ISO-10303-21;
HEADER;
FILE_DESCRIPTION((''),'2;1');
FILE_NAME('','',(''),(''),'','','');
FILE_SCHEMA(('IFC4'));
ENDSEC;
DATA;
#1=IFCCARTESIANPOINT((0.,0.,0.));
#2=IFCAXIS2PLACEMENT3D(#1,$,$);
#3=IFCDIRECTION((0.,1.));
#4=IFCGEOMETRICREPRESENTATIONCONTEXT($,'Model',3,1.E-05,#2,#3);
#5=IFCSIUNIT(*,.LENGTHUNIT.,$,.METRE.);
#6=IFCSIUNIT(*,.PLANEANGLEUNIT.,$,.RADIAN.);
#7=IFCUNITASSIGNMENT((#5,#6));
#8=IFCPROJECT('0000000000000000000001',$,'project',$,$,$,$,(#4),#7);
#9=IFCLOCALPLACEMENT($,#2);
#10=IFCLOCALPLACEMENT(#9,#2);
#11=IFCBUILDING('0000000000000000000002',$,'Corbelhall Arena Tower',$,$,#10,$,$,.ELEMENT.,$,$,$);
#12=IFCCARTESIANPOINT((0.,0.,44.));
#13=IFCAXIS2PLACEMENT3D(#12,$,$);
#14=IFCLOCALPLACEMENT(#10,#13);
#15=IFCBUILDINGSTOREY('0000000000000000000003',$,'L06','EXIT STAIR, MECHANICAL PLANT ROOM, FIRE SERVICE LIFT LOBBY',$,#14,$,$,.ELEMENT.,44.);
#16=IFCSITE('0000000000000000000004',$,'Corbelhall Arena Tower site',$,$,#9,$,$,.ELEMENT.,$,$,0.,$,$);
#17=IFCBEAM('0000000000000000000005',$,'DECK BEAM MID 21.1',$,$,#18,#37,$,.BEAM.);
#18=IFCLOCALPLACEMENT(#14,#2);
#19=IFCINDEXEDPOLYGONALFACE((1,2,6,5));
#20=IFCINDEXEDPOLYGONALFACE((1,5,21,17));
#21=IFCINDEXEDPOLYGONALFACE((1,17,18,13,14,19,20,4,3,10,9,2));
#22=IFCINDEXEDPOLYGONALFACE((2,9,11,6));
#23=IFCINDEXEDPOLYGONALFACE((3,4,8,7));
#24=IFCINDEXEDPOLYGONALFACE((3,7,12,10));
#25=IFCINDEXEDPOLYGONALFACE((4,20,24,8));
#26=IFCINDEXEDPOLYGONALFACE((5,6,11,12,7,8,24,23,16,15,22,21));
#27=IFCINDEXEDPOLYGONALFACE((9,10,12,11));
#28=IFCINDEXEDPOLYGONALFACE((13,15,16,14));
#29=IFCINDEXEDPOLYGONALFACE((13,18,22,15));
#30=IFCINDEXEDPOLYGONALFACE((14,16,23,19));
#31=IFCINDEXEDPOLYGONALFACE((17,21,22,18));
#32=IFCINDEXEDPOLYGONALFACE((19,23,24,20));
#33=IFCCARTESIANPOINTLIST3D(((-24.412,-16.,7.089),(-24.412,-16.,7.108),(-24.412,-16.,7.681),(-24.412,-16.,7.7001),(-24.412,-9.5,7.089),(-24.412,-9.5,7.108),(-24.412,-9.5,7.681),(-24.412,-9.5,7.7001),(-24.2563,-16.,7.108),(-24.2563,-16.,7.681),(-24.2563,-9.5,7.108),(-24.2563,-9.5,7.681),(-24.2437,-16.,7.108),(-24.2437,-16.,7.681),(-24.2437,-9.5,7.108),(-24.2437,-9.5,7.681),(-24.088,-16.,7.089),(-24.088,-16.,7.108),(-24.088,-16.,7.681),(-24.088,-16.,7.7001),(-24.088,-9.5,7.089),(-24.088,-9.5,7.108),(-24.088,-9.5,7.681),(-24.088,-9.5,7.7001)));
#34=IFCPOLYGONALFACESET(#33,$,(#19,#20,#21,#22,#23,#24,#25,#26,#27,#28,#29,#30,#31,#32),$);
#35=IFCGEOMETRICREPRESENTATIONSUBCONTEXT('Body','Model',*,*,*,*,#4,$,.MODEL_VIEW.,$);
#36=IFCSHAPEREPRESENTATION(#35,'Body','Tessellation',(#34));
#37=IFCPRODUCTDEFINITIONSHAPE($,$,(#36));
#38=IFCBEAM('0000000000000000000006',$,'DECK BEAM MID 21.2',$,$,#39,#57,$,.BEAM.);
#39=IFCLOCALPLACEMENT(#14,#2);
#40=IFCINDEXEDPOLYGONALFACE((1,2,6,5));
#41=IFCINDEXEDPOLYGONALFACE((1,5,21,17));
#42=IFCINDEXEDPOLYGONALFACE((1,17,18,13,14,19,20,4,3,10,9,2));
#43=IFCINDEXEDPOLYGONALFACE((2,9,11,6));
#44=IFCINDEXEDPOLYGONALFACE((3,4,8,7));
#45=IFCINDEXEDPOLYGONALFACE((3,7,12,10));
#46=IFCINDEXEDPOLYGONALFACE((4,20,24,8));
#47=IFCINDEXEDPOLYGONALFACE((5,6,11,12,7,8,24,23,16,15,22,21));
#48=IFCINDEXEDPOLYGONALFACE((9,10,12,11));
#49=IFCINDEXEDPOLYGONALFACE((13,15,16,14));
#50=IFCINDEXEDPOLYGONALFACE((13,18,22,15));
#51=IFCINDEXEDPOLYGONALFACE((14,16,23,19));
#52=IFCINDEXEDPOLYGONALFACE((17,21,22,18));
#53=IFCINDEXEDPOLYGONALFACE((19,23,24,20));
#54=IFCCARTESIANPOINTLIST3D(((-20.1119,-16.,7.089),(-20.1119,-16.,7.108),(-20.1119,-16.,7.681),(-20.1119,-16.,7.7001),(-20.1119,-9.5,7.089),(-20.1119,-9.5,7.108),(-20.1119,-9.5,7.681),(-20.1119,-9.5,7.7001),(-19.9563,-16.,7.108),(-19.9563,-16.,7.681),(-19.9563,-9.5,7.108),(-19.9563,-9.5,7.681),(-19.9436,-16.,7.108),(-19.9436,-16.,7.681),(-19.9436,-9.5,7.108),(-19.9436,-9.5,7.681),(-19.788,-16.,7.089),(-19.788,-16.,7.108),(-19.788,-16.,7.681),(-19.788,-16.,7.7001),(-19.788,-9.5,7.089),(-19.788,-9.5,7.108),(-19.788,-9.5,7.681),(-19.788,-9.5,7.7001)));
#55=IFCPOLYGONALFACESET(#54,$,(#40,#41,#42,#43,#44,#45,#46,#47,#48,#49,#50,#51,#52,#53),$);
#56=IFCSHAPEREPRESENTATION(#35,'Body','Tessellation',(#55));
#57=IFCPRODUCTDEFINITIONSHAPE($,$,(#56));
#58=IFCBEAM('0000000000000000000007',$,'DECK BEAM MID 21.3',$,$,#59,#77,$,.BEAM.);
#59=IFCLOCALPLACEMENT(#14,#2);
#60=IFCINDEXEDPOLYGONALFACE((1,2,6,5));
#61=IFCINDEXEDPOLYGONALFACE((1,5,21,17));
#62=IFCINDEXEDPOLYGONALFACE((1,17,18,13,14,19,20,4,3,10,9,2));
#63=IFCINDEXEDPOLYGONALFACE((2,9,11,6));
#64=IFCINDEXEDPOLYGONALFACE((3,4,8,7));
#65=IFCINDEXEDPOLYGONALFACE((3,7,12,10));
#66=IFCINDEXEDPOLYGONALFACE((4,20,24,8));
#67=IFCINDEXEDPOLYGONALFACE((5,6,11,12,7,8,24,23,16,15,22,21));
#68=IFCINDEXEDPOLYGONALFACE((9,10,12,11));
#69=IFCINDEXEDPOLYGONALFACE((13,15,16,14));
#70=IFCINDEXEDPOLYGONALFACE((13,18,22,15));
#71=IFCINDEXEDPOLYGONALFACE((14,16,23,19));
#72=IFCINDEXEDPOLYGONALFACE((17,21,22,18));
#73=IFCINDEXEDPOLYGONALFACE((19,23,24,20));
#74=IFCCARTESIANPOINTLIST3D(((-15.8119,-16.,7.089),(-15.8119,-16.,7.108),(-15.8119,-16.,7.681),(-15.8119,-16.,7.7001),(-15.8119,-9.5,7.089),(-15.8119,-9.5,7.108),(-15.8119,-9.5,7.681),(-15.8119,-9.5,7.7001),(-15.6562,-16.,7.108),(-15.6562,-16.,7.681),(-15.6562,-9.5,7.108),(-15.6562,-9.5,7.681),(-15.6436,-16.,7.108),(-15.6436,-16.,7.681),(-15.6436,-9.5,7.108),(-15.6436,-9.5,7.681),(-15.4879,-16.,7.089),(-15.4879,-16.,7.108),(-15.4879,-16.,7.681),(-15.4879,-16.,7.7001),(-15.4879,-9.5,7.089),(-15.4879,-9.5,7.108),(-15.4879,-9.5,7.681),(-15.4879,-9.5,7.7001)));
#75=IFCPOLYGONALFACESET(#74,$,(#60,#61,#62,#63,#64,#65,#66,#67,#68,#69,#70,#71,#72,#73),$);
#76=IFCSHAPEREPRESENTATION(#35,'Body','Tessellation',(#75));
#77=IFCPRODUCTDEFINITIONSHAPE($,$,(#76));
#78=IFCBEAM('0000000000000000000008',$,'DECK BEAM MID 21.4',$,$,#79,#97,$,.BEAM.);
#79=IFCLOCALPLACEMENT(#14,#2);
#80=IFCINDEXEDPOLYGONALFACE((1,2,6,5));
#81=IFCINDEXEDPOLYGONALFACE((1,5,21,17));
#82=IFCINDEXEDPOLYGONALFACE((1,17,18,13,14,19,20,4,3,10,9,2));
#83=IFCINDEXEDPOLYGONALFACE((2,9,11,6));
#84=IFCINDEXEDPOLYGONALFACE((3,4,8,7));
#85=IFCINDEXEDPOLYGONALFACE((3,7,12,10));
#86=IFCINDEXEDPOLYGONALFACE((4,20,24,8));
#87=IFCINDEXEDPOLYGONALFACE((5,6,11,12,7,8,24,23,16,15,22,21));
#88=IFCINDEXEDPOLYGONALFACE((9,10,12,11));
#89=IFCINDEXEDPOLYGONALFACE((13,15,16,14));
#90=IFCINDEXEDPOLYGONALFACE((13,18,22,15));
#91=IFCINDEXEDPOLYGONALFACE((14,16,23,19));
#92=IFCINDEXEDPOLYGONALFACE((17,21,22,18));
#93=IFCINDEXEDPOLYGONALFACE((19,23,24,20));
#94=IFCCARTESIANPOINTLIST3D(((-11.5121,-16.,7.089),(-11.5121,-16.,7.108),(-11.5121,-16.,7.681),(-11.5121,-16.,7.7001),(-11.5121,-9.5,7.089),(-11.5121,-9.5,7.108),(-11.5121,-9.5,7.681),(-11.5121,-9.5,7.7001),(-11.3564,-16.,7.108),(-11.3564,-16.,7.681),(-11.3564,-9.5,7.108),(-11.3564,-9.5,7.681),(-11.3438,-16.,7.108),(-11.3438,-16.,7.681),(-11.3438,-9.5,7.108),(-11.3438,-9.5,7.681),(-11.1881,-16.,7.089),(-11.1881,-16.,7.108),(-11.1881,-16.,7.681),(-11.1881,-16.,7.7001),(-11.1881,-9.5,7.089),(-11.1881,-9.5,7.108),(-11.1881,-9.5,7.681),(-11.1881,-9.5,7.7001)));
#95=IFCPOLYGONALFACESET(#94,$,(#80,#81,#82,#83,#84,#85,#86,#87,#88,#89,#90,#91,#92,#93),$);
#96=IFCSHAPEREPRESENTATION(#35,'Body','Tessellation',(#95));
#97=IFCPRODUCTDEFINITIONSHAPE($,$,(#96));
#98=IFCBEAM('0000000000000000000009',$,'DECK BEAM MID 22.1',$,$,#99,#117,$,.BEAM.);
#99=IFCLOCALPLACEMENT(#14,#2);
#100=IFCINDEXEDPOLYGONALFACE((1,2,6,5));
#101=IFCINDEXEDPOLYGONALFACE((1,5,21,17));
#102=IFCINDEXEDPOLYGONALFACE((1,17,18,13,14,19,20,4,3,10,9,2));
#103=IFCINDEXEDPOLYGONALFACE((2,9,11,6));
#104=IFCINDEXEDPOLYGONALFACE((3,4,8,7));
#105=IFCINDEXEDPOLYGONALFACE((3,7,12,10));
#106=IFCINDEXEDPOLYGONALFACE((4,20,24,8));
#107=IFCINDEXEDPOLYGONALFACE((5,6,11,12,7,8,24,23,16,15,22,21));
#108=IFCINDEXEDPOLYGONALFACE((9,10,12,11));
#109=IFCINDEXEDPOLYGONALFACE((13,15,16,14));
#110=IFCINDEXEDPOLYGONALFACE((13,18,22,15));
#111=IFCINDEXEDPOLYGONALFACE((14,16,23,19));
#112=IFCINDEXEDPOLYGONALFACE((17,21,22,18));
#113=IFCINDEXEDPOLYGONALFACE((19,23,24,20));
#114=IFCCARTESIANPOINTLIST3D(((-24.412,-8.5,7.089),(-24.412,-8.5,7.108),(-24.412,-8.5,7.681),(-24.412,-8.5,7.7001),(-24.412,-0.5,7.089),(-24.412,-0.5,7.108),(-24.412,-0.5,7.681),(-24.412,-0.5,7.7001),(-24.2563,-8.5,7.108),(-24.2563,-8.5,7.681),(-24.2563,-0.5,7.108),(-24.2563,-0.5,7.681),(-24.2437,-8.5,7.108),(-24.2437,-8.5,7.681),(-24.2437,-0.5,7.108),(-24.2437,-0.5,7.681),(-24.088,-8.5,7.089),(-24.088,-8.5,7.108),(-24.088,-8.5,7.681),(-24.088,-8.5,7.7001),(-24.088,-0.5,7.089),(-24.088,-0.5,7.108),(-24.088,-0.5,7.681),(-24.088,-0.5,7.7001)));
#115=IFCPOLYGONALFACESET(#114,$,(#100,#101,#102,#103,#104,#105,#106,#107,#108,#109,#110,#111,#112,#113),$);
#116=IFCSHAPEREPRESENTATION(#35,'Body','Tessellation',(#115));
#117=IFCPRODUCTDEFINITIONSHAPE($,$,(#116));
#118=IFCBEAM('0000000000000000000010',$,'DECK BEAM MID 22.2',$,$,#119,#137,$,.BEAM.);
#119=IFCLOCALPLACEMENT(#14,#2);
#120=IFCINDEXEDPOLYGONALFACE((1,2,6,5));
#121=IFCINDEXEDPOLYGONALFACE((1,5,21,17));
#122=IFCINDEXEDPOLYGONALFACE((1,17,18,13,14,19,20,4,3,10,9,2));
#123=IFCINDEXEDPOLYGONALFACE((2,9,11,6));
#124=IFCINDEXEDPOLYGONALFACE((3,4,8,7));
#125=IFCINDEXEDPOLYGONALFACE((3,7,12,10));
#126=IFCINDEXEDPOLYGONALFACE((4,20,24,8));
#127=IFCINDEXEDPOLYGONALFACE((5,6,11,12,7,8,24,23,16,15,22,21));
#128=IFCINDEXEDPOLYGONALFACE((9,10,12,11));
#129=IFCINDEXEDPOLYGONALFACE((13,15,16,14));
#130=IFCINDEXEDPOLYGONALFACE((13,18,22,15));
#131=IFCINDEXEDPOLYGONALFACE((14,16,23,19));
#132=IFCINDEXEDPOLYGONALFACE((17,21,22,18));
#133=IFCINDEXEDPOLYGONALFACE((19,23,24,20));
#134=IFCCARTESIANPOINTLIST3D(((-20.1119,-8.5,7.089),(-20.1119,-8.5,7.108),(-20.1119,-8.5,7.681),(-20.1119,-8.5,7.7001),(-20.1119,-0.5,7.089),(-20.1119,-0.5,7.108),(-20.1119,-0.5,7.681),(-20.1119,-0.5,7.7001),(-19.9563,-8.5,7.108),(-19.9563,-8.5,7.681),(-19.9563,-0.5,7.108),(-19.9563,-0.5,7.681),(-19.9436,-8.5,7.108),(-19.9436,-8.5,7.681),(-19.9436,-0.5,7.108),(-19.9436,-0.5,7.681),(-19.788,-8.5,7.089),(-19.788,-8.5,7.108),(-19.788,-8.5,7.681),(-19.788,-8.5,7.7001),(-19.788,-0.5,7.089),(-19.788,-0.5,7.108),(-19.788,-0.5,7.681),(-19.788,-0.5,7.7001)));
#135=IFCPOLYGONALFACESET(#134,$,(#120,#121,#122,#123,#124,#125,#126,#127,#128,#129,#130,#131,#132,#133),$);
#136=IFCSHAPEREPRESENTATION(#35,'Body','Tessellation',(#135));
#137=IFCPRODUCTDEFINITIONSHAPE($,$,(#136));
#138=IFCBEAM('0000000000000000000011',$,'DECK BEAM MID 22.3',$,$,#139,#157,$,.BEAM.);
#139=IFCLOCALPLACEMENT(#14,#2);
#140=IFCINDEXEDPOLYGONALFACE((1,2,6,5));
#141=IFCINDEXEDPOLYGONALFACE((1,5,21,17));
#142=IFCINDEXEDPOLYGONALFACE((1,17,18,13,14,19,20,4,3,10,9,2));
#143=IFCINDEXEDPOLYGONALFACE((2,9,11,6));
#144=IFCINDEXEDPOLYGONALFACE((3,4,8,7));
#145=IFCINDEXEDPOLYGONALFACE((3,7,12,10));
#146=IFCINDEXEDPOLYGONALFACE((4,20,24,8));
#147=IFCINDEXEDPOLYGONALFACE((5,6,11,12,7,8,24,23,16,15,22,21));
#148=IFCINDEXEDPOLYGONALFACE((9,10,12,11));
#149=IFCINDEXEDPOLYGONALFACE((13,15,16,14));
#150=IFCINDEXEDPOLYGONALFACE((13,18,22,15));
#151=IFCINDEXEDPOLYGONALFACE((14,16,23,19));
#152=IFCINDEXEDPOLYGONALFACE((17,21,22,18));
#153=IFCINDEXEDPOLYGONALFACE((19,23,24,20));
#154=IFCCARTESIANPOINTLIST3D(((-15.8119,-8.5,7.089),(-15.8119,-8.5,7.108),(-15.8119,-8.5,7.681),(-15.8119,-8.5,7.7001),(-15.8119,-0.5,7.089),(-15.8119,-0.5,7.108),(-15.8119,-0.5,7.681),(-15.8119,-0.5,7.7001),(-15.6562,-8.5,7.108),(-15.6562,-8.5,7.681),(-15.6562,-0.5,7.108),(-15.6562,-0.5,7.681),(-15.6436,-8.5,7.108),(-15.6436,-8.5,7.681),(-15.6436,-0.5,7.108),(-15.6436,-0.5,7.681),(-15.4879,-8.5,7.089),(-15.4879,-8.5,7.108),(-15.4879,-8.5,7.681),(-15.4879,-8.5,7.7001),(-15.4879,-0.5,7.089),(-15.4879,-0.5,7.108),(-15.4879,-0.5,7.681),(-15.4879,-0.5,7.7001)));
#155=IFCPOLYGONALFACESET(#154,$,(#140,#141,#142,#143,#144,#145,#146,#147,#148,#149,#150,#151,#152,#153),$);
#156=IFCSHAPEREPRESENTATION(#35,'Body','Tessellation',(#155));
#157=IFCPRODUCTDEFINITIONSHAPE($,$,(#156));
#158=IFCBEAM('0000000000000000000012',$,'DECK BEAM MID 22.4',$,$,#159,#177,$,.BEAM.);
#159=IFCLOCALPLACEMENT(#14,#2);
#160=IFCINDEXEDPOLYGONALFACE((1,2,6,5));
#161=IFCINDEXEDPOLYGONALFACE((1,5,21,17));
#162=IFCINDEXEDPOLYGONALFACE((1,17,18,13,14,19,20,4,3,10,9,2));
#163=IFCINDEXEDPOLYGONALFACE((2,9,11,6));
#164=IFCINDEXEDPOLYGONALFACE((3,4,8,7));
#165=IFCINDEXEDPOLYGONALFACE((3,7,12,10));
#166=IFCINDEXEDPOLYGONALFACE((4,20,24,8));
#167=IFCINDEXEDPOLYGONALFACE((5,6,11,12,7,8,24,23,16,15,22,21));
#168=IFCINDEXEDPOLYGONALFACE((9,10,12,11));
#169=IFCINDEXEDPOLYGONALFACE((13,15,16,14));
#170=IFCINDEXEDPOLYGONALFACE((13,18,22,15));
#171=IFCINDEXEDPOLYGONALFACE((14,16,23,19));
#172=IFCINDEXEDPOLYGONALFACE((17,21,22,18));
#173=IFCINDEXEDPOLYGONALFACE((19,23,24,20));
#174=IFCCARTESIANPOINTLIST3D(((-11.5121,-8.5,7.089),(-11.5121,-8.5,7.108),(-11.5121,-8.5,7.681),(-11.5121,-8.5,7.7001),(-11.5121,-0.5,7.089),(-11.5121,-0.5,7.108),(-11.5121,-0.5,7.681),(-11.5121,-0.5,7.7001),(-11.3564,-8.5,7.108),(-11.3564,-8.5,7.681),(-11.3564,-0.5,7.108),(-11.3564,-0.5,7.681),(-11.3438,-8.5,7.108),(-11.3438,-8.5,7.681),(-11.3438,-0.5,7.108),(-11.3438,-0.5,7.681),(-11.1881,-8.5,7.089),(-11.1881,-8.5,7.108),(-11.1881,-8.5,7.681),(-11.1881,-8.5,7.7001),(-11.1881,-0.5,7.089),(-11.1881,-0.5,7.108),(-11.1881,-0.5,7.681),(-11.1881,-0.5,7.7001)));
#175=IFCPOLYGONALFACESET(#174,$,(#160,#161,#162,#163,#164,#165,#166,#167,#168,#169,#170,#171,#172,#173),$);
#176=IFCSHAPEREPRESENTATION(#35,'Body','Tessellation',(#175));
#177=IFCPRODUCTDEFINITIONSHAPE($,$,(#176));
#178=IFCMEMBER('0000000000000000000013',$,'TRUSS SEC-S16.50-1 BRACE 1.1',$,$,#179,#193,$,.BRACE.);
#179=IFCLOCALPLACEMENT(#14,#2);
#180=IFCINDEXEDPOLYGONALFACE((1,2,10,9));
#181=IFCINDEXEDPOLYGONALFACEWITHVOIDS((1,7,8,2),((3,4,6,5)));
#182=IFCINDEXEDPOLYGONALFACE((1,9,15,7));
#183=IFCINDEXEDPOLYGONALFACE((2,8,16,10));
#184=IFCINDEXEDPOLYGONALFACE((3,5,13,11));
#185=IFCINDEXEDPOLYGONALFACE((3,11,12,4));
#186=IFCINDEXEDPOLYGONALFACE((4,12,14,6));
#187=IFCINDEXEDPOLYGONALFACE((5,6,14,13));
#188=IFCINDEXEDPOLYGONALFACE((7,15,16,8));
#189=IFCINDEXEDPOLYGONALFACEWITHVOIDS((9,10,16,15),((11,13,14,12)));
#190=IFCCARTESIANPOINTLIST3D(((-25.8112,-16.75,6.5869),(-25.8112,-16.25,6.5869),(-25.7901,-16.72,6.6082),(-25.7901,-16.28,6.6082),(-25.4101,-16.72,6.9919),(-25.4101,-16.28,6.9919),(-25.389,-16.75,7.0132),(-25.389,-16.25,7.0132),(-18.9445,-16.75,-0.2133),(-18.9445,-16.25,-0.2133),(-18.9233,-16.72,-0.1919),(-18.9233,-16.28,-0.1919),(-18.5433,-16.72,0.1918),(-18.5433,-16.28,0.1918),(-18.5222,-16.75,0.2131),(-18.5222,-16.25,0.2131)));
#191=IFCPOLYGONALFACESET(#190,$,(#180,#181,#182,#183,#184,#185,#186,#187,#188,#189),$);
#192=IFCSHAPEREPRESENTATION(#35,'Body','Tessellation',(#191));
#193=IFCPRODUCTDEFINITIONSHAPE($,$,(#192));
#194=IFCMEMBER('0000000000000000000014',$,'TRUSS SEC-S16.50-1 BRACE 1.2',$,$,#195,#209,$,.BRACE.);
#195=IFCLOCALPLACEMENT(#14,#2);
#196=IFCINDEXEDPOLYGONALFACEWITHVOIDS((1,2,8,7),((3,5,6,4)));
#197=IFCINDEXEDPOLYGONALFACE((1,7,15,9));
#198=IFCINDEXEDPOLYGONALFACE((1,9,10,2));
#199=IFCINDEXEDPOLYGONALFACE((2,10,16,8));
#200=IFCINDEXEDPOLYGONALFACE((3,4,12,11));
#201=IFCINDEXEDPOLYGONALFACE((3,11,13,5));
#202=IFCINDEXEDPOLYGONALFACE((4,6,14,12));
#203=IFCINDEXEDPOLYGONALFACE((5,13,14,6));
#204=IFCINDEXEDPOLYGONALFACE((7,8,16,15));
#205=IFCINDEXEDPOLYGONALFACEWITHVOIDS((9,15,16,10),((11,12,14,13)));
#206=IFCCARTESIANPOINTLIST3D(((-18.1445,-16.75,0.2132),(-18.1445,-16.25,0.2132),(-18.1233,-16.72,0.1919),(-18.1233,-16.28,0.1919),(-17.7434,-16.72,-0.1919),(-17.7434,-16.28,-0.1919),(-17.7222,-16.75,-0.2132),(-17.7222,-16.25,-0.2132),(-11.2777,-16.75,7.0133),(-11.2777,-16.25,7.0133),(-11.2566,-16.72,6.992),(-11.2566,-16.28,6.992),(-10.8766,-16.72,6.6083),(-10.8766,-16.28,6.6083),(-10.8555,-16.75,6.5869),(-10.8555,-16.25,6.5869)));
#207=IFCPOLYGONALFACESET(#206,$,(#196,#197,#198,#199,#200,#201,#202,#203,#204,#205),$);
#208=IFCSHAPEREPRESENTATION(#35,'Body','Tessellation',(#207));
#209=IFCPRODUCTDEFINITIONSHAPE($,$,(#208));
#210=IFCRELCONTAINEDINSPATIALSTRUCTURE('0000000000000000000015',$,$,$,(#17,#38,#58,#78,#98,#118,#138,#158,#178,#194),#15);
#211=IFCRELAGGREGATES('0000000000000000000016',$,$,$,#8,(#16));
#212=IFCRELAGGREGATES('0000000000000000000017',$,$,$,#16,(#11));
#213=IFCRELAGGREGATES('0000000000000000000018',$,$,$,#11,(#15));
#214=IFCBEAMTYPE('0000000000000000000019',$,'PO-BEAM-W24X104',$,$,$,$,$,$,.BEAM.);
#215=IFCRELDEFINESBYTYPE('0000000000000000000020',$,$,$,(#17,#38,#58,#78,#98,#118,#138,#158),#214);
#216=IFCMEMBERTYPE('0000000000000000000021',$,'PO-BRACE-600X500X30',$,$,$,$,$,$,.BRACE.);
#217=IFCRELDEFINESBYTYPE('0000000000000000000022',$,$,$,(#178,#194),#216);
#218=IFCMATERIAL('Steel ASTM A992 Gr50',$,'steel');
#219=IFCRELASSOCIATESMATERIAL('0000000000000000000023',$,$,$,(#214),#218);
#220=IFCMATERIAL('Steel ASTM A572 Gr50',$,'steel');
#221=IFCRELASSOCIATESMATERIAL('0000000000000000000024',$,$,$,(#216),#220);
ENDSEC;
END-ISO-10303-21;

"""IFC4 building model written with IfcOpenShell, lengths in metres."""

from ifc_helpers import new_model, si_unit, direction, frame, origin, origin_2d, place, context, subcontext, project, spatial, hollow_rectangle, i_section, extrude, material, material_profile, profile_set, type_object, element, save


model = new_model("IFC4")

# Units and contexts
model_context = context("Model", 3, precision=1e-05, world=origin(), true_north=direction((0.0, 1.0)))
body_context = subcontext(model_context, "Body", "Model", "MODEL_VIEW")
ifc_project = project(units=[si_unit("LENGTHUNIT", "METRE"), si_unit("PLANEANGLEUNIT", "RADIAN")], contexts=[model_context])

# Site, building, storey
site_placement = place(None, origin())
site = spatial("IfcSite", under=ifc_project, at=site_placement, Name="Corbelhall Arena Tower site", CompositionType="ELEMENT", RefElevation=0.0)
building_placement = place(site_placement, origin())
building = spatial("IfcBuilding", under=site, at=building_placement, Name="Corbelhall Arena Tower", CompositionType="ELEMENT")
storey_placement = place(building_placement, frame((0.0, 0.0, 44.0)))
storey = spatial("IfcBuildingStorey", under=building, at=storey_placement, Name="L06", Description="EXIT STAIR, MECHANICAL PLANT ROOM, FIRE SERVICE LIFT LOBBY", CompositionType="ELEMENT", Elevation=44.0)

# Beams
ifc_material_1 = material(Name="Steel ASTM A992 Gr50", Category="steel")
ifc_material_profile_1 = material_profile(ifc_material_1, i_section(OverallWidth=0.324, OverallDepth=0.6111, WebThickness=0.0127, FlangeThickness=0.019, at=origin_2d()))
ifc_profile_set_1 = profile_set([ifc_material_profile_1], Name="Steel ASTM A992 Gr50")
beam_type = type_object("IfcBeamType", Name="PO-BEAM-W24X104", PredefinedType="BEAM", material=ifc_profile_set_1)
for number, where, z_axis, x_axis, name in (
    (1, (-24.25, -16.0, 7.3945), (0.0, 1.0, 0.0), (-1.0, 0.0, 0.0), "DECK BEAM MID 21.1"),
    (2, (-19.95, -16.0, 7.3945), (0.0, 1.0, 0.0), (-1.0, 0.0, 0.0), "DECK BEAM MID 21.2"),
    (3, (-15.6499, -16.0, 7.3945), (0.0, 1.0, 0.0), (-1.0, 0.0, 0.0), "DECK BEAM MID 21.3"),
    (4, (-11.3501, -16.0, 7.3945), (0.0, 1.0, 0.0), (-1.0, 0.0, 0.0), "DECK BEAM MID 21.4"),
):
    element("IfcBeam", number, at=place(storey_placement, frame(where, z_axis=z_axis, x_axis=x_axis)), inside=storey, type_object=beam_type, Name=name, PredefinedType="BEAM", context=body_context, shape_type="SweptSolid", body=[
        extrude(i_section(OverallWidth=0.324, OverallDepth=0.6111, WebThickness=0.0127, FlangeThickness=0.019, at=origin_2d()), origin(), (0.0, 0.0, 1.0), 6.5),
    ])
for number, where, z_axis, x_axis, name in (
    (5, (-24.25, -8.5, 7.3945), (0.0, 1.0, 0.0), (-1.0, 0.0, 0.0), "DECK BEAM MID 22.1"),
    (6, (-19.95, -8.5, 7.3945), (0.0, 1.0, 0.0), (-1.0, 0.0, 0.0), "DECK BEAM MID 22.2"),
    (7, (-15.6499, -8.5, 7.3945), (0.0, 1.0, 0.0), (-1.0, 0.0, 0.0), "DECK BEAM MID 22.3"),
    (8, (-11.3501, -8.5, 7.3945), (0.0, 1.0, 0.0), (-1.0, 0.0, 0.0), "DECK BEAM MID 22.4"),
):
    element("IfcBeam", number, at=place(storey_placement, frame(where, z_axis=z_axis, x_axis=x_axis)), inside=storey, type_object=beam_type, Name=name, PredefinedType="BEAM", context=body_context, shape_type="SweptSolid", body=[
        extrude(i_section(OverallWidth=0.324, OverallDepth=0.6111, WebThickness=0.0127, FlangeThickness=0.019, at=origin_2d()), origin(), (0.0, 0.0, 1.0), 8.0),
    ])

# Members
ifc_material_2 = material(Name="Steel ASTM A572 Gr50", Category="steel")
ifc_material_profile_2 = material_profile(ifc_material_2, hollow_rectangle(XDim=0.5, YDim=0.6001, WallThickness=0.03, at=origin_2d()))
ifc_profile_set_2 = profile_set([ifc_material_profile_2], Name="Steel ASTM A572 Gr50")
member_type_1 = type_object("IfcMemberType", Name="PO-BRACE-600X500X30", PredefinedType="BRACE", material=ifc_profile_set_2)
for number, where, z_axis, x_axis, name in (
    (9, (-25.6001, -16.5, 6.8), (0.710547, 0.0, -0.70365), (0.0, 1.0, 0.0), "TRUSS SEC-S16.50-1 BRACE 1.1"),
    (10, (-17.9333, -16.5, 0.0), (0.710547, 0.0, 0.70365), (0.0, 1.0, 0.0), "TRUSS SEC-S16.50-1 BRACE 1.2"),
):
    element("IfcMember", number, at=place(storey_placement, frame(where, z_axis=z_axis, x_axis=x_axis)), inside=storey, type_object=member_type_1, Name=name, PredefinedType="BRACE", context=body_context, shape_type="SweptSolid", body=[
        extrude(hollow_rectangle(XDim=0.5, YDim=0.6001, WallThickness=0.03, at=origin_2d()), origin(), (0.0, 0.0, 1.0), 9.6641),
    ])

save(model, "model.ifc")
